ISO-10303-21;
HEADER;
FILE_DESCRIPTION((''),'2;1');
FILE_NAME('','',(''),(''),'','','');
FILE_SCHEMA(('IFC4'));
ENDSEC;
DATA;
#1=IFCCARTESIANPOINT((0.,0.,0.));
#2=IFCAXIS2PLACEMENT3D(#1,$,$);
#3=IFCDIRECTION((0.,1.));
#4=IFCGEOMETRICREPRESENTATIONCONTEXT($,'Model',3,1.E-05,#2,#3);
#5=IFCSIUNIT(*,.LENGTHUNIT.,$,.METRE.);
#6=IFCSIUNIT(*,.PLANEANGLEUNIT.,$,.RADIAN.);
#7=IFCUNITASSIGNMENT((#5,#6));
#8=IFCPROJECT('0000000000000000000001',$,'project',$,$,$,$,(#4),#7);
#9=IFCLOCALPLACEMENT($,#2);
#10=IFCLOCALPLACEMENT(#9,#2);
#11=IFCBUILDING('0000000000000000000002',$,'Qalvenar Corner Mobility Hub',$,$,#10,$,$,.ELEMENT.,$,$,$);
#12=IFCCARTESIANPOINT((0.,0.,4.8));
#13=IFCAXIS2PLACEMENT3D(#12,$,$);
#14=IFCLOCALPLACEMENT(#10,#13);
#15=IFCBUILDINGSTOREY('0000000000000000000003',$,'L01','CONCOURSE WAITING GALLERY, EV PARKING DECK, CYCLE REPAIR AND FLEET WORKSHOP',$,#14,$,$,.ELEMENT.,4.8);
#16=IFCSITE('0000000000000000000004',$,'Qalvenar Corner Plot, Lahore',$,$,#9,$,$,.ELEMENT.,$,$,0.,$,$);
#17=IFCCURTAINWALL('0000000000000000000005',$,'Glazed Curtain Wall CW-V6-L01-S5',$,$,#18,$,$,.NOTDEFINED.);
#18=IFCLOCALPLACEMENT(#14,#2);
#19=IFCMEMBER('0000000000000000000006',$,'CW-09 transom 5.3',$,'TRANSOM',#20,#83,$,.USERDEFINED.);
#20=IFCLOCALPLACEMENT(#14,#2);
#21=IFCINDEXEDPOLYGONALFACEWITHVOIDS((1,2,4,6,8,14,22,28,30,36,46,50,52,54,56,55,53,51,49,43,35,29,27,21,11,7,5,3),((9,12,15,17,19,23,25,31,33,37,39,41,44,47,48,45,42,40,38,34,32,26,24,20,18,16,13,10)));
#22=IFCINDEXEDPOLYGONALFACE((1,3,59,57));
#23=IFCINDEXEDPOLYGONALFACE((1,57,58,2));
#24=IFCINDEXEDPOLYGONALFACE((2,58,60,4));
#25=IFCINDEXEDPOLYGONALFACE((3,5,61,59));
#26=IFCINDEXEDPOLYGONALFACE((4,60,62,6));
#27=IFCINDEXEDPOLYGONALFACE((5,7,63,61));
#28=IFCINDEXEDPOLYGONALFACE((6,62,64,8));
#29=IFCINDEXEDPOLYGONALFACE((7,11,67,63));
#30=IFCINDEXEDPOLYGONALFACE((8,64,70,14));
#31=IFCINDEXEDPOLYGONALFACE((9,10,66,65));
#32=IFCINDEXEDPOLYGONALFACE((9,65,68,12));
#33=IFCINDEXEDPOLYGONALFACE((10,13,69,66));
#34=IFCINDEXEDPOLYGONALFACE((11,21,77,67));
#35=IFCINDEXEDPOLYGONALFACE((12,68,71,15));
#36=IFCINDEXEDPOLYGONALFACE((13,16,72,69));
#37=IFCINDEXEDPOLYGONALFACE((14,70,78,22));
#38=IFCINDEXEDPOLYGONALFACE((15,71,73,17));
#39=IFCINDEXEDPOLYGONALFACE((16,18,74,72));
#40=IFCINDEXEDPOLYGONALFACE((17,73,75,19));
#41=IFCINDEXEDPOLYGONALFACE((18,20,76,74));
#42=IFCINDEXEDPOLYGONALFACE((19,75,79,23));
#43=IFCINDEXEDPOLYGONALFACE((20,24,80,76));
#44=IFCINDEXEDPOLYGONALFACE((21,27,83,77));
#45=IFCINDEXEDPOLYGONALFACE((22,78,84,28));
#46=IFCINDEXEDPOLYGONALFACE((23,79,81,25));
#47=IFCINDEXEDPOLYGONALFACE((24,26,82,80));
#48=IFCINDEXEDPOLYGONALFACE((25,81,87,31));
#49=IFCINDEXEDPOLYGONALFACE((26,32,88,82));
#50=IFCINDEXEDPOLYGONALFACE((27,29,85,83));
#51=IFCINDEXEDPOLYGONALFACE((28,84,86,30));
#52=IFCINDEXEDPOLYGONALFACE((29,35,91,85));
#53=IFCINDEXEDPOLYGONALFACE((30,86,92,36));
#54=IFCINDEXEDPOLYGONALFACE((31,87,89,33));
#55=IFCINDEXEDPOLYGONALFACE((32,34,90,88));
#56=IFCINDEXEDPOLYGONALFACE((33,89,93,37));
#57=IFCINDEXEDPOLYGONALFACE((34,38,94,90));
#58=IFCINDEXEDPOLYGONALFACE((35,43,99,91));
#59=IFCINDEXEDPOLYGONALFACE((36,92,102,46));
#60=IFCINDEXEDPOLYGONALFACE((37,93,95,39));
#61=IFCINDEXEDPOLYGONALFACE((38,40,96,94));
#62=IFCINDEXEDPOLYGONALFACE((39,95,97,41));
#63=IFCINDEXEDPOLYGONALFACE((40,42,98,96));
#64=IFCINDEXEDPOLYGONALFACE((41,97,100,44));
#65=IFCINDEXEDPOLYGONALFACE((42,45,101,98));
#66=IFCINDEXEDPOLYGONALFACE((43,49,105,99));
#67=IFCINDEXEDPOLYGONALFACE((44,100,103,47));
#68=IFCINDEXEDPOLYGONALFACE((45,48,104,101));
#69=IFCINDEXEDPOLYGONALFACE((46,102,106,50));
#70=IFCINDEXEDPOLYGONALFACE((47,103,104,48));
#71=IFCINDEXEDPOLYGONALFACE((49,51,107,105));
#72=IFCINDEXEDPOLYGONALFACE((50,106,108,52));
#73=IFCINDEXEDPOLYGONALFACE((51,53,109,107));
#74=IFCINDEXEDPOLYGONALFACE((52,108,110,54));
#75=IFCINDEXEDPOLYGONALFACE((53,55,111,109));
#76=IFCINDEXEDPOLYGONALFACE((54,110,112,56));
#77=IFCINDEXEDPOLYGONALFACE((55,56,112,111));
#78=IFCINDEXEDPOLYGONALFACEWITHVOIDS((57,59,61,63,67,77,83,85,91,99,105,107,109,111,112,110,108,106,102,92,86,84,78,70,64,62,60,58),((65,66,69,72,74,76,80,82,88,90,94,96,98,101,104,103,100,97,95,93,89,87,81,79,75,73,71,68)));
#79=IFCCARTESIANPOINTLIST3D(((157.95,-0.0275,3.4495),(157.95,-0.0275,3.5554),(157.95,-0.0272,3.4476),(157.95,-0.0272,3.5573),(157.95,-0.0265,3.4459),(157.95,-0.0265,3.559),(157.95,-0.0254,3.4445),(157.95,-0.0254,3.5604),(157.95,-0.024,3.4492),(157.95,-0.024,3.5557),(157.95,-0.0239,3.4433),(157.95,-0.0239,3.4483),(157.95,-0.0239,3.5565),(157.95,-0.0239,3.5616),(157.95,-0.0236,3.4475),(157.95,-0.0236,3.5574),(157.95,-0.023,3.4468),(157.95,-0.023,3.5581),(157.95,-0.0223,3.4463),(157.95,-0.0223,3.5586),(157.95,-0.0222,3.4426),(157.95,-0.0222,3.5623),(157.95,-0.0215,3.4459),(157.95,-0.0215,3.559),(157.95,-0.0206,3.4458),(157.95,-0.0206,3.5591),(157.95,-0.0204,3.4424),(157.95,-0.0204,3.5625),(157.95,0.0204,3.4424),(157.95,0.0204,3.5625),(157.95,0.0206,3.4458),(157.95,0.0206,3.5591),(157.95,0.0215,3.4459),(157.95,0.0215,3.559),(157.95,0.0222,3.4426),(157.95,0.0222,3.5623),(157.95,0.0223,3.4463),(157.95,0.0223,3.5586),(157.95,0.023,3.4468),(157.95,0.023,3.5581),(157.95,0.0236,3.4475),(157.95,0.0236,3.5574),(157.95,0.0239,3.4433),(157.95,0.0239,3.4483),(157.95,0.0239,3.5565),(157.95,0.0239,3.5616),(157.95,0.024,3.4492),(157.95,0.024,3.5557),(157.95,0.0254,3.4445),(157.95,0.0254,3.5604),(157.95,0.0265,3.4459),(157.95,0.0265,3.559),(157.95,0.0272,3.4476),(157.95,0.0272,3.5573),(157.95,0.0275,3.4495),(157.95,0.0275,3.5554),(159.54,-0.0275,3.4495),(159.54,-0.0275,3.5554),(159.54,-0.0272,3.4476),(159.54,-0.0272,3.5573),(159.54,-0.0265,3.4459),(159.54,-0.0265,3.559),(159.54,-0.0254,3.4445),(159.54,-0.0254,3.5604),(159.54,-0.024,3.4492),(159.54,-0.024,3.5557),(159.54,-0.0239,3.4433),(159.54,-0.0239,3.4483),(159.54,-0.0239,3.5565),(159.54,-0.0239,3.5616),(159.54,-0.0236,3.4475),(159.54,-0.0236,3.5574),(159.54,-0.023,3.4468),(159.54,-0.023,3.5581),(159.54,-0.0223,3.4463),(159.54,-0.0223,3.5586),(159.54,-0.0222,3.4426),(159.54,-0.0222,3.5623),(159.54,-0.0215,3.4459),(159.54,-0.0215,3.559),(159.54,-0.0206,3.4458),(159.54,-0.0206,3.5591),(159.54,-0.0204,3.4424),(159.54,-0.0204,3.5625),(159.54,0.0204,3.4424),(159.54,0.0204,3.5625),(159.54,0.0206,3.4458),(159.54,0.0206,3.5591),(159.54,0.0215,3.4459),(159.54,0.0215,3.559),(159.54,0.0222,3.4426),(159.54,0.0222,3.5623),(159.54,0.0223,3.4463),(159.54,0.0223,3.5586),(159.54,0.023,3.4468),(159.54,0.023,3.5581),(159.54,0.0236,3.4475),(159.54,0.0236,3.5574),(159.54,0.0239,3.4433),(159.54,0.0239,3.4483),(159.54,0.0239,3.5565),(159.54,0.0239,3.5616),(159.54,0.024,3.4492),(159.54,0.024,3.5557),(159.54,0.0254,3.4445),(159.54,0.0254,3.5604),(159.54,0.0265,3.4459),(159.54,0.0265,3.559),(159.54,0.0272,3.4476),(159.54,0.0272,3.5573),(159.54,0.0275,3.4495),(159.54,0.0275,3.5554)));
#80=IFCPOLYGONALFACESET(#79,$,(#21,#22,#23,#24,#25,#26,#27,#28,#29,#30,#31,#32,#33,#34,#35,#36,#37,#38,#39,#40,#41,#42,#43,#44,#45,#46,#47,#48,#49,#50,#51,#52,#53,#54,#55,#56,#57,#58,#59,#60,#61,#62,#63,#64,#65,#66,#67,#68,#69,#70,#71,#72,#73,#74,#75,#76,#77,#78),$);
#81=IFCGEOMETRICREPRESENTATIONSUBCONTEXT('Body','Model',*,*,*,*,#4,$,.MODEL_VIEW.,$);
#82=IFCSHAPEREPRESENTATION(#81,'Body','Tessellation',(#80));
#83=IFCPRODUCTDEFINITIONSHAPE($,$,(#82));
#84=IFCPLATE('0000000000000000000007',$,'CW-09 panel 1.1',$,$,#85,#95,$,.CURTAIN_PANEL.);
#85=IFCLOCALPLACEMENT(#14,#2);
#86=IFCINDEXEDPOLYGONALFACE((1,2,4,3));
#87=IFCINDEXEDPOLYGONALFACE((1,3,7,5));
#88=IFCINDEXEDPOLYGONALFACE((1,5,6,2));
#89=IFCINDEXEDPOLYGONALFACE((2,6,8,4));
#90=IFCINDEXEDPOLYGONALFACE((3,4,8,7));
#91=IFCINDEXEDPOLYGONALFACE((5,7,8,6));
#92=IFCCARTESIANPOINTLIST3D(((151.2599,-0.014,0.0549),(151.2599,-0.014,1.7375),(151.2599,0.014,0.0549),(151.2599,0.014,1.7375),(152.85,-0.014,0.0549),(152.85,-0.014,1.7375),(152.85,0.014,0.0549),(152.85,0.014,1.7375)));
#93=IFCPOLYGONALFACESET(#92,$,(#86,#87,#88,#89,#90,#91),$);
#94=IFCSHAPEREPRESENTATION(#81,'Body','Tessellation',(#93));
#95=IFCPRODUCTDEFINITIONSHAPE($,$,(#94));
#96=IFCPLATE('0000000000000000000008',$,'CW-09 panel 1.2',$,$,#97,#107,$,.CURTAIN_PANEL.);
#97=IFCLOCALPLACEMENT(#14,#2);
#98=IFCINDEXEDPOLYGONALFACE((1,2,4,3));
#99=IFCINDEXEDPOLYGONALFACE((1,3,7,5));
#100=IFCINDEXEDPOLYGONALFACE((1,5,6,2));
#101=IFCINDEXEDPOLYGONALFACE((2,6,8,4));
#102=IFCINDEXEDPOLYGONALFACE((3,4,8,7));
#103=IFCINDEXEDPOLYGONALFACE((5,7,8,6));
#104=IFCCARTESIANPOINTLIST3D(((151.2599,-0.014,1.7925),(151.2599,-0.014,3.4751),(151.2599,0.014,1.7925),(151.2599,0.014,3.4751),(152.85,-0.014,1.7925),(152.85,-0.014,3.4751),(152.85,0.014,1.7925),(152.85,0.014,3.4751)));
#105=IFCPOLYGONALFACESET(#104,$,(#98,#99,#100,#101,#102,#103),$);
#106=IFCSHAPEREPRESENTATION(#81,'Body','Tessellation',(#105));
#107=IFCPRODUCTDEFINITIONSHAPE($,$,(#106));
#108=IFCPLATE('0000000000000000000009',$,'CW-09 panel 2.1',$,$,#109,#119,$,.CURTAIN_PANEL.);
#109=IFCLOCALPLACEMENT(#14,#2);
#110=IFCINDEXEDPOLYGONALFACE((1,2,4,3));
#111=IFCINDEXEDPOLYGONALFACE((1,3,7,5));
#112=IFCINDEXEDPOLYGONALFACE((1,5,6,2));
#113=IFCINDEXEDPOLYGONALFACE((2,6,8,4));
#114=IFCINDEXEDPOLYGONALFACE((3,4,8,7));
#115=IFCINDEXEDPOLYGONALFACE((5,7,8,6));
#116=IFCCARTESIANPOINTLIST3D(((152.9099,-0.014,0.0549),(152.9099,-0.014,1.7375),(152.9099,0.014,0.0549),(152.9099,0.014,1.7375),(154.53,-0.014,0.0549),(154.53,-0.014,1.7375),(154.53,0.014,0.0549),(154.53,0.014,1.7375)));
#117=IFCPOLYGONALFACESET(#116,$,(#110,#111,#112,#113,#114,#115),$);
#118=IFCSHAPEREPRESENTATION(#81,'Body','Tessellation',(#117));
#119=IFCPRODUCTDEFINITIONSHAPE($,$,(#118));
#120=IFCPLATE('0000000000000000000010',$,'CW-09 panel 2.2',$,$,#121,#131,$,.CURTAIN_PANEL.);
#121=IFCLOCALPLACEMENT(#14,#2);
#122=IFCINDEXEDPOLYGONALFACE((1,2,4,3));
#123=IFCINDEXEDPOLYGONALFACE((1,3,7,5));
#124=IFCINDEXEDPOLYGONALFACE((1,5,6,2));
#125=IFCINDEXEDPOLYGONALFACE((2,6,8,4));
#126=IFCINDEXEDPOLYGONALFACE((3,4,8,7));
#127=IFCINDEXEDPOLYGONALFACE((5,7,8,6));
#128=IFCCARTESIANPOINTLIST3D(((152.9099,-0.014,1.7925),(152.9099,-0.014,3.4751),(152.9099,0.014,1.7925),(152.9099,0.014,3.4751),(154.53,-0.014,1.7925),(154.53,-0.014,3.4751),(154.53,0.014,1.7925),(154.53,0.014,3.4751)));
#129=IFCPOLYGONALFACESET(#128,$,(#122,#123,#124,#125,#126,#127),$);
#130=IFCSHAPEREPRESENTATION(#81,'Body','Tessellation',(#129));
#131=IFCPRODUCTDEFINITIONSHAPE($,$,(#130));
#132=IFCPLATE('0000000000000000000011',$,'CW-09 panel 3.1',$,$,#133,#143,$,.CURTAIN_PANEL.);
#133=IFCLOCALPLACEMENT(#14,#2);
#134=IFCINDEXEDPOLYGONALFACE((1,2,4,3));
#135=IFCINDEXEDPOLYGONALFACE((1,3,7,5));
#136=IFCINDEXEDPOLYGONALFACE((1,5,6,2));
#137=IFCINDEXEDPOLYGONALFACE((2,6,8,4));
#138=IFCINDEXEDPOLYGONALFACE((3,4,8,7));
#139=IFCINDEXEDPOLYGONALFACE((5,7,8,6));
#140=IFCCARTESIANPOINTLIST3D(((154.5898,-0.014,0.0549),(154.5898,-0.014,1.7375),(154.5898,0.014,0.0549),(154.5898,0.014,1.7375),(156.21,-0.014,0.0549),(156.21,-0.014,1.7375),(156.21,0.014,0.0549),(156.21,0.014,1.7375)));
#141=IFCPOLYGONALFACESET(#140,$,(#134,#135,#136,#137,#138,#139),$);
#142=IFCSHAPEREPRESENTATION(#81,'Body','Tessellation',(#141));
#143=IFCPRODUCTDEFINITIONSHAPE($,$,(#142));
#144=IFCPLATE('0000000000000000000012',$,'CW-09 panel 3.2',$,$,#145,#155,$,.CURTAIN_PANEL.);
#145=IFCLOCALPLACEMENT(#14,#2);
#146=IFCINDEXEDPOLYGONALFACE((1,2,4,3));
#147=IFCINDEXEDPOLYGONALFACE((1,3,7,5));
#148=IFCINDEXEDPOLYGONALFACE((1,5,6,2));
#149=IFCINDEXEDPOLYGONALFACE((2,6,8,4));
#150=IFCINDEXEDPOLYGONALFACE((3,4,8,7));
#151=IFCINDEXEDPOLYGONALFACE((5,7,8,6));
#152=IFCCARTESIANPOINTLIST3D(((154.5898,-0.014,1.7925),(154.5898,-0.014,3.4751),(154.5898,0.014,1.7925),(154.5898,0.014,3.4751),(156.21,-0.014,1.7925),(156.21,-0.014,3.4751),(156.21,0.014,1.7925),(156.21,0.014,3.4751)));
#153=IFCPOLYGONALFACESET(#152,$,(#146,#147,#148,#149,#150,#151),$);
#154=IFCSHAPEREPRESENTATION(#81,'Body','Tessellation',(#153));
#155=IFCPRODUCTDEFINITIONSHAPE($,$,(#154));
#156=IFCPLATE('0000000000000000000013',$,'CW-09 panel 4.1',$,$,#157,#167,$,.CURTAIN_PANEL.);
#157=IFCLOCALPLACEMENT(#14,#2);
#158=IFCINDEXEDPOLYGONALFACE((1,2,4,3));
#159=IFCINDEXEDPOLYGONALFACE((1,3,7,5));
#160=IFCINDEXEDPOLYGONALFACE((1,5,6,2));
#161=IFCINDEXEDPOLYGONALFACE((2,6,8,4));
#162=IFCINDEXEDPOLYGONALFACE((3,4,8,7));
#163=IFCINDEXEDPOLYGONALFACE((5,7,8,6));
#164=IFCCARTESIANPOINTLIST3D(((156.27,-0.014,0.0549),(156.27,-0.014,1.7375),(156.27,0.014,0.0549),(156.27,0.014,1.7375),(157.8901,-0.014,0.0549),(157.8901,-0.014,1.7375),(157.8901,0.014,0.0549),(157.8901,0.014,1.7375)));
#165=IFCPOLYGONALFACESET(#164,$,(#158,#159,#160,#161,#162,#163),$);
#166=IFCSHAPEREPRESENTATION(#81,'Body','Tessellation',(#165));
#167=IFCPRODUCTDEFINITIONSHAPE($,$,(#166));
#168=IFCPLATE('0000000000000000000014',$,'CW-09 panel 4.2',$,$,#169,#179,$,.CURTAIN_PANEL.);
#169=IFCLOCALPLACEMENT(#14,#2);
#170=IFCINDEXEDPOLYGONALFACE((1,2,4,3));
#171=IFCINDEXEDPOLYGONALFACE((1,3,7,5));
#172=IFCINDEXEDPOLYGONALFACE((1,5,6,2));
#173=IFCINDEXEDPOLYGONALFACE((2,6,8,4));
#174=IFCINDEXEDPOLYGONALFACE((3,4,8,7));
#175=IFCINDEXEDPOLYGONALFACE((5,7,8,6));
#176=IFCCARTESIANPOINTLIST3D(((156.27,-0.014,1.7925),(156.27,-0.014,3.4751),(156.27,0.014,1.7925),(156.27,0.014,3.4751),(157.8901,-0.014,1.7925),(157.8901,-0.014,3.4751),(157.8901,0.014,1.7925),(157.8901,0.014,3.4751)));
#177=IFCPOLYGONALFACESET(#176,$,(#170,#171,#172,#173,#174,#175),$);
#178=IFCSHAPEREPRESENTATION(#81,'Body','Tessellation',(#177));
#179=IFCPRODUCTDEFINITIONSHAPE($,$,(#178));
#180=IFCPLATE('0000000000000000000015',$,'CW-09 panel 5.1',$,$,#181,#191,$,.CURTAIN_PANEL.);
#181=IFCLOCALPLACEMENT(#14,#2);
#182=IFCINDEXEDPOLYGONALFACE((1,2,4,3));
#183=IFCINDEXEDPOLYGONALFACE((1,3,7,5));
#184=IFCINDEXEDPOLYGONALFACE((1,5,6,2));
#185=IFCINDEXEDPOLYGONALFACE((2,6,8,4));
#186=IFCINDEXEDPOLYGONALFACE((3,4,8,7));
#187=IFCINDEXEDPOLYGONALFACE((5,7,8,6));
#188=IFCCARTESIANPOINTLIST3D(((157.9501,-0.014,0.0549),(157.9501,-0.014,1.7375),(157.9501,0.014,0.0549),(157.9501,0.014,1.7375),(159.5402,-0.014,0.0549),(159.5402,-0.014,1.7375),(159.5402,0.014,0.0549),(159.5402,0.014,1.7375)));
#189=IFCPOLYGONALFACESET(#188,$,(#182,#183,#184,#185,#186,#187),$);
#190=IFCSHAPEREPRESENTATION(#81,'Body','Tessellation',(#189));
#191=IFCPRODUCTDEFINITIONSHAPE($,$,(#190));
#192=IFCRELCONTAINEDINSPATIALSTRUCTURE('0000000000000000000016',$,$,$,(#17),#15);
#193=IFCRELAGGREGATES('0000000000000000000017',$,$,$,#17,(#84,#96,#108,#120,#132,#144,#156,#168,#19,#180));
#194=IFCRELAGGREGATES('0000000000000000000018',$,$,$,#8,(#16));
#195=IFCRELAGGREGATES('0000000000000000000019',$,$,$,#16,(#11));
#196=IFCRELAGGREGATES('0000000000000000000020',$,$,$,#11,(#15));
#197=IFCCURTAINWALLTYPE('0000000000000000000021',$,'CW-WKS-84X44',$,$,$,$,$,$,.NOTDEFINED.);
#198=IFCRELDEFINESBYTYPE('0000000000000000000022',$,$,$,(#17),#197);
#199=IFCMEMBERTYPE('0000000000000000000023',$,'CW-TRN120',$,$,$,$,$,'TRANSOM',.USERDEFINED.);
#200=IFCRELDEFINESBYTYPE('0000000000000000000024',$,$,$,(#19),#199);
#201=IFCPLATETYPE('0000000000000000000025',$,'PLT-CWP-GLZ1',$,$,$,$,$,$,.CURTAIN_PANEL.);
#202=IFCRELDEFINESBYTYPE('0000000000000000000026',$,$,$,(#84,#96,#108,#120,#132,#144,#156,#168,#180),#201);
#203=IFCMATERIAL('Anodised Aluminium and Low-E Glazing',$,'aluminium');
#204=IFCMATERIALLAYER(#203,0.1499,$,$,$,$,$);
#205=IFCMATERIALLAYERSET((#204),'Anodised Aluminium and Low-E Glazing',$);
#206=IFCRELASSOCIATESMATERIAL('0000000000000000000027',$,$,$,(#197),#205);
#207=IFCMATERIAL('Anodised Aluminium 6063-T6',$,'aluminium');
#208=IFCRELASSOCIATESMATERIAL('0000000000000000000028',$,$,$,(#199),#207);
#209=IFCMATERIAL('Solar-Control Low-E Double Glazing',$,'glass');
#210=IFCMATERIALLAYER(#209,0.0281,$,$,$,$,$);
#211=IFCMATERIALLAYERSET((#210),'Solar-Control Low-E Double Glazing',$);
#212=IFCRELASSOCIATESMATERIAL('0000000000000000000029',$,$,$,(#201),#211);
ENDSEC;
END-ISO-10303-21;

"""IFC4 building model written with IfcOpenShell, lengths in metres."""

from ifc_helpers import new_model, si_unit, direction, frame, origin, origin_2d, place, context, subcontext, project, spatial, rectangle, hollow_rectangle, extrude, material, layer, layer_set, material_profile, profile_set, type_object, element, aggregate, save


model = new_model("IFC4")

# Units and contexts
model_context = context("Model", 3, precision=1e-05, world=origin(), true_north=direction((0.0, 1.0)))
body_context = subcontext(model_context, "Body", "Model", "MODEL_VIEW")
ifc_project = project(units=[si_unit("LENGTHUNIT", "METRE"), si_unit("PLANEANGLEUNIT", "RADIAN")], contexts=[model_context])

# Site, building, storey
site_placement = place(None, origin())
site = spatial("IfcSite", under=ifc_project, at=site_placement, Name="Qalvenar Corner Plot, Lahore", CompositionType="ELEMENT", RefElevation=0.0)
building_placement = place(site_placement, origin())
building = spatial("IfcBuilding", under=site, at=building_placement, Name="Qalvenar Corner Mobility Hub", CompositionType="ELEMENT")
storey_placement = place(building_placement, frame((0.0, 0.0, 4.8)))
storey = spatial("IfcBuildingStorey", under=building, at=storey_placement, Name="L01", Description="CONCOURSE WAITING GALLERY, EV PARKING DECK, CYCLE REPAIR AND FLEET WORKSHOP", CompositionType="ELEMENT", Elevation=4.8)

# Curtain wall, member, plates
ifc_material_1 = material(Name="Anodised Aluminium and Low-E Glazing", Category="aluminium")
ifc_layer_1 = layer(ifc_material_1, 0.1499)
ifc_layer_set_1 = layer_set([ifc_layer_1], Name="Anodised Aluminium and Low-E Glazing")
curtain_wall_type = type_object("IfcCurtainWallType", Name="CW-WKS-84X44", PredefinedType="NOTDEFINED", material=ifc_layer_set_1)
curtain_wall_placement = place(storey_placement, origin())
curtain_wall = element("IfcCurtainWall", 1, at=curtain_wall_placement, inside=storey, type_object=curtain_wall_type, Name="Glazed Curtain Wall CW-V6-L01-S5", PredefinedType="NOTDEFINED")
ifc_material_2 = material(Name="Anodised Aluminium 6063-T6", Category="aluminium")
ifc_material_profile_1 = material_profile(ifc_material_2, hollow_rectangle(XDim=0.0549, YDim=0.1201, WallThickness=0.0034, InnerFilletRadius=0.0034, OuterFilletRadius=0.0071, at=origin_2d()), Name="RHS120x55x3.5")
ifc_profile_set_1 = profile_set([ifc_material_profile_1], Name="Anodised Aluminium 6063-T6")
member_type_1 = type_object("IfcMemberType", Name="CW-TRN120", ElementType="TRANSOM", PredefinedType="USERDEFINED", material=ifc_profile_set_1)
member_1_placement = place(storey_placement, frame((157.95, 0.0, 3.5024), z_axis=(1.0, 0.0, 0.0), x_axis=(0.0, 1.0, 0.0)))
member_1 = element("IfcMember", 2, at=member_1_placement, type_object=member_type_1, Name="CW-09 transom 5.3", ObjectType="TRANSOM", PredefinedType="USERDEFINED", context=body_context, shape_type="SweptSolid", body=[
    extrude(hollow_rectangle(XDim=0.0549, YDim=0.1201, WallThickness=0.0034, InnerFilletRadius=0.0034, OuterFilletRadius=0.0071, at=origin_2d()), origin(), (0.0, 0.0, 1.0), 1.5901),
])
ifc_material_3 = material(Name="Solar-Control Low-E Double Glazing", Category="glass")
ifc_layer_2 = layer(ifc_material_3, 0.0281)
ifc_layer_set_2 = layer_set([ifc_layer_2], Name="Solar-Control Low-E Double Glazing")
plate_type_1 = type_object("IfcPlateType", Name="PLT-CWP-GLZ1", PredefinedType="CURTAIN_PANEL", material=ifc_layer_set_2)
plate_1_placement = place(storey_placement, frame((152.0549, 0.0, 0.0549), z_axis=(0.0, 0.0, 1.0), x_axis=(1.0, 0.0, 0.0)))
plate_1 = element("IfcPlate", 3, at=plate_1_placement, type_object=plate_type_1, Name="CW-09 panel 1.1", PredefinedType="CURTAIN_PANEL", context=body_context, shape_type="SweptSolid", body=[
    extrude(rectangle(XDim=1.5901, YDim=0.0281, at=origin_2d()), origin(), (0.0, 0.0, 1.0), 1.6826),
])
plate_2_placement = place(storey_placement, frame((152.0549, 0.0, 1.7925), z_axis=(0.0, 0.0, 1.0), x_axis=(1.0, 0.0, 0.0)))
plate_2 = element("IfcPlate", 4, at=plate_2_placement, type_object=plate_type_1, Name="CW-09 panel 1.2", PredefinedType="CURTAIN_PANEL", context=body_context, shape_type="SweptSolid", body=[
    extrude(rectangle(XDim=1.5901, YDim=0.0281, at=origin_2d()), origin(), (0.0, 0.0, 1.0), 1.6826),
])
plate_3_placement = place(storey_placement, frame((153.72, 0.0, 0.0549), z_axis=(0.0, 0.0, 1.0), x_axis=(1.0, 0.0, 0.0)))
plate_3 = element("IfcPlate", 5, at=plate_3_placement, type_object=plate_type_1, Name="CW-09 panel 2.1", PredefinedType="CURTAIN_PANEL", context=body_context, shape_type="SweptSolid", body=[
    extrude(rectangle(XDim=1.6201, YDim=0.0281, at=origin_2d()), origin(), (0.0, 0.0, 1.0), 1.6826),
])
plate_4_placement = place(storey_placement, frame((153.72, 0.0, 1.7925), z_axis=(0.0, 0.0, 1.0), x_axis=(1.0, 0.0, 0.0)))
plate_4 = element("IfcPlate", 6, at=plate_4_placement, type_object=plate_type_1, Name="CW-09 panel 2.2", PredefinedType="CURTAIN_PANEL", context=body_context, shape_type="SweptSolid", body=[
    extrude(rectangle(XDim=1.6201, YDim=0.0281, at=origin_2d()), origin(), (0.0, 0.0, 1.0), 1.6826),
])
plate_5_placement = place(storey_placement, frame((155.3999, 0.0, 0.0549), z_axis=(0.0, 0.0, 1.0), x_axis=(1.0, 0.0, 0.0)))
plate_5 = element("IfcPlate", 7, at=plate_5_placement, type_object=plate_type_1, Name="CW-09 panel 3.1", PredefinedType="CURTAIN_PANEL", context=body_context, shape_type="SweptSolid", body=[
    extrude(rectangle(XDim=1.6201, YDim=0.0281, at=origin_2d()), origin(), (0.0, 0.0, 1.0), 1.6826),
])
plate_6_placement = place(storey_placement, frame((155.3999, 0.0, 1.7925), z_axis=(0.0, 0.0, 1.0), x_axis=(1.0, 0.0, 0.0)))
plate_6 = element("IfcPlate", 8, at=plate_6_placement, type_object=plate_type_1, Name="CW-09 panel 3.2", PredefinedType="CURTAIN_PANEL", context=body_context, shape_type="SweptSolid", body=[
    extrude(rectangle(XDim=1.6201, YDim=0.0281, at=origin_2d()), origin(), (0.0, 0.0, 1.0), 1.6826),
])
plate_7_placement = place(storey_placement, frame((157.0801, 0.0, 0.0549), z_axis=(0.0, 0.0, 1.0), x_axis=(1.0, 0.0, 0.0)))
plate_7 = element("IfcPlate", 9, at=plate_7_placement, type_object=plate_type_1, Name="CW-09 panel 4.1", PredefinedType="CURTAIN_PANEL", context=body_context, shape_type="SweptSolid", body=[
    extrude(rectangle(XDim=1.6201, YDim=0.0281, at=origin_2d()), origin(), (0.0, 0.0, 1.0), 1.6826),
])
plate_8_placement = place(storey_placement, frame((157.0801, 0.0, 1.7925), z_axis=(0.0, 0.0, 1.0), x_axis=(1.0, 0.0, 0.0)))
plate_8 = element("IfcPlate", 10, at=plate_8_placement, type_object=plate_type_1, Name="CW-09 panel 4.2", PredefinedType="CURTAIN_PANEL", context=body_context, shape_type="SweptSolid", body=[
    extrude(rectangle(XDim=1.6201, YDim=0.0281, at=origin_2d()), origin(), (0.0, 0.0, 1.0), 1.6826),
])
plate_9_placement = place(storey_placement, frame((158.7451, 0.0, 0.0549), z_axis=(0.0, 0.0, 1.0), x_axis=(1.0, 0.0, 0.0)))
plate_9 = element("IfcPlate", 11, at=plate_9_placement, type_object=plate_type_1, Name="CW-09 panel 5.1", PredefinedType="CURTAIN_PANEL", context=body_context, shape_type="SweptSolid", body=[
    extrude(rectangle(XDim=1.5901, YDim=0.0281, at=origin_2d()), origin(), (0.0, 0.0, 1.0), 1.6826),
])
aggregate(curtain_wall, [plate_1, plate_2, plate_3, plate_4, plate_5, plate_6, plate_7, plate_8, member_1, plate_9])

save(model, "model.ifc")
